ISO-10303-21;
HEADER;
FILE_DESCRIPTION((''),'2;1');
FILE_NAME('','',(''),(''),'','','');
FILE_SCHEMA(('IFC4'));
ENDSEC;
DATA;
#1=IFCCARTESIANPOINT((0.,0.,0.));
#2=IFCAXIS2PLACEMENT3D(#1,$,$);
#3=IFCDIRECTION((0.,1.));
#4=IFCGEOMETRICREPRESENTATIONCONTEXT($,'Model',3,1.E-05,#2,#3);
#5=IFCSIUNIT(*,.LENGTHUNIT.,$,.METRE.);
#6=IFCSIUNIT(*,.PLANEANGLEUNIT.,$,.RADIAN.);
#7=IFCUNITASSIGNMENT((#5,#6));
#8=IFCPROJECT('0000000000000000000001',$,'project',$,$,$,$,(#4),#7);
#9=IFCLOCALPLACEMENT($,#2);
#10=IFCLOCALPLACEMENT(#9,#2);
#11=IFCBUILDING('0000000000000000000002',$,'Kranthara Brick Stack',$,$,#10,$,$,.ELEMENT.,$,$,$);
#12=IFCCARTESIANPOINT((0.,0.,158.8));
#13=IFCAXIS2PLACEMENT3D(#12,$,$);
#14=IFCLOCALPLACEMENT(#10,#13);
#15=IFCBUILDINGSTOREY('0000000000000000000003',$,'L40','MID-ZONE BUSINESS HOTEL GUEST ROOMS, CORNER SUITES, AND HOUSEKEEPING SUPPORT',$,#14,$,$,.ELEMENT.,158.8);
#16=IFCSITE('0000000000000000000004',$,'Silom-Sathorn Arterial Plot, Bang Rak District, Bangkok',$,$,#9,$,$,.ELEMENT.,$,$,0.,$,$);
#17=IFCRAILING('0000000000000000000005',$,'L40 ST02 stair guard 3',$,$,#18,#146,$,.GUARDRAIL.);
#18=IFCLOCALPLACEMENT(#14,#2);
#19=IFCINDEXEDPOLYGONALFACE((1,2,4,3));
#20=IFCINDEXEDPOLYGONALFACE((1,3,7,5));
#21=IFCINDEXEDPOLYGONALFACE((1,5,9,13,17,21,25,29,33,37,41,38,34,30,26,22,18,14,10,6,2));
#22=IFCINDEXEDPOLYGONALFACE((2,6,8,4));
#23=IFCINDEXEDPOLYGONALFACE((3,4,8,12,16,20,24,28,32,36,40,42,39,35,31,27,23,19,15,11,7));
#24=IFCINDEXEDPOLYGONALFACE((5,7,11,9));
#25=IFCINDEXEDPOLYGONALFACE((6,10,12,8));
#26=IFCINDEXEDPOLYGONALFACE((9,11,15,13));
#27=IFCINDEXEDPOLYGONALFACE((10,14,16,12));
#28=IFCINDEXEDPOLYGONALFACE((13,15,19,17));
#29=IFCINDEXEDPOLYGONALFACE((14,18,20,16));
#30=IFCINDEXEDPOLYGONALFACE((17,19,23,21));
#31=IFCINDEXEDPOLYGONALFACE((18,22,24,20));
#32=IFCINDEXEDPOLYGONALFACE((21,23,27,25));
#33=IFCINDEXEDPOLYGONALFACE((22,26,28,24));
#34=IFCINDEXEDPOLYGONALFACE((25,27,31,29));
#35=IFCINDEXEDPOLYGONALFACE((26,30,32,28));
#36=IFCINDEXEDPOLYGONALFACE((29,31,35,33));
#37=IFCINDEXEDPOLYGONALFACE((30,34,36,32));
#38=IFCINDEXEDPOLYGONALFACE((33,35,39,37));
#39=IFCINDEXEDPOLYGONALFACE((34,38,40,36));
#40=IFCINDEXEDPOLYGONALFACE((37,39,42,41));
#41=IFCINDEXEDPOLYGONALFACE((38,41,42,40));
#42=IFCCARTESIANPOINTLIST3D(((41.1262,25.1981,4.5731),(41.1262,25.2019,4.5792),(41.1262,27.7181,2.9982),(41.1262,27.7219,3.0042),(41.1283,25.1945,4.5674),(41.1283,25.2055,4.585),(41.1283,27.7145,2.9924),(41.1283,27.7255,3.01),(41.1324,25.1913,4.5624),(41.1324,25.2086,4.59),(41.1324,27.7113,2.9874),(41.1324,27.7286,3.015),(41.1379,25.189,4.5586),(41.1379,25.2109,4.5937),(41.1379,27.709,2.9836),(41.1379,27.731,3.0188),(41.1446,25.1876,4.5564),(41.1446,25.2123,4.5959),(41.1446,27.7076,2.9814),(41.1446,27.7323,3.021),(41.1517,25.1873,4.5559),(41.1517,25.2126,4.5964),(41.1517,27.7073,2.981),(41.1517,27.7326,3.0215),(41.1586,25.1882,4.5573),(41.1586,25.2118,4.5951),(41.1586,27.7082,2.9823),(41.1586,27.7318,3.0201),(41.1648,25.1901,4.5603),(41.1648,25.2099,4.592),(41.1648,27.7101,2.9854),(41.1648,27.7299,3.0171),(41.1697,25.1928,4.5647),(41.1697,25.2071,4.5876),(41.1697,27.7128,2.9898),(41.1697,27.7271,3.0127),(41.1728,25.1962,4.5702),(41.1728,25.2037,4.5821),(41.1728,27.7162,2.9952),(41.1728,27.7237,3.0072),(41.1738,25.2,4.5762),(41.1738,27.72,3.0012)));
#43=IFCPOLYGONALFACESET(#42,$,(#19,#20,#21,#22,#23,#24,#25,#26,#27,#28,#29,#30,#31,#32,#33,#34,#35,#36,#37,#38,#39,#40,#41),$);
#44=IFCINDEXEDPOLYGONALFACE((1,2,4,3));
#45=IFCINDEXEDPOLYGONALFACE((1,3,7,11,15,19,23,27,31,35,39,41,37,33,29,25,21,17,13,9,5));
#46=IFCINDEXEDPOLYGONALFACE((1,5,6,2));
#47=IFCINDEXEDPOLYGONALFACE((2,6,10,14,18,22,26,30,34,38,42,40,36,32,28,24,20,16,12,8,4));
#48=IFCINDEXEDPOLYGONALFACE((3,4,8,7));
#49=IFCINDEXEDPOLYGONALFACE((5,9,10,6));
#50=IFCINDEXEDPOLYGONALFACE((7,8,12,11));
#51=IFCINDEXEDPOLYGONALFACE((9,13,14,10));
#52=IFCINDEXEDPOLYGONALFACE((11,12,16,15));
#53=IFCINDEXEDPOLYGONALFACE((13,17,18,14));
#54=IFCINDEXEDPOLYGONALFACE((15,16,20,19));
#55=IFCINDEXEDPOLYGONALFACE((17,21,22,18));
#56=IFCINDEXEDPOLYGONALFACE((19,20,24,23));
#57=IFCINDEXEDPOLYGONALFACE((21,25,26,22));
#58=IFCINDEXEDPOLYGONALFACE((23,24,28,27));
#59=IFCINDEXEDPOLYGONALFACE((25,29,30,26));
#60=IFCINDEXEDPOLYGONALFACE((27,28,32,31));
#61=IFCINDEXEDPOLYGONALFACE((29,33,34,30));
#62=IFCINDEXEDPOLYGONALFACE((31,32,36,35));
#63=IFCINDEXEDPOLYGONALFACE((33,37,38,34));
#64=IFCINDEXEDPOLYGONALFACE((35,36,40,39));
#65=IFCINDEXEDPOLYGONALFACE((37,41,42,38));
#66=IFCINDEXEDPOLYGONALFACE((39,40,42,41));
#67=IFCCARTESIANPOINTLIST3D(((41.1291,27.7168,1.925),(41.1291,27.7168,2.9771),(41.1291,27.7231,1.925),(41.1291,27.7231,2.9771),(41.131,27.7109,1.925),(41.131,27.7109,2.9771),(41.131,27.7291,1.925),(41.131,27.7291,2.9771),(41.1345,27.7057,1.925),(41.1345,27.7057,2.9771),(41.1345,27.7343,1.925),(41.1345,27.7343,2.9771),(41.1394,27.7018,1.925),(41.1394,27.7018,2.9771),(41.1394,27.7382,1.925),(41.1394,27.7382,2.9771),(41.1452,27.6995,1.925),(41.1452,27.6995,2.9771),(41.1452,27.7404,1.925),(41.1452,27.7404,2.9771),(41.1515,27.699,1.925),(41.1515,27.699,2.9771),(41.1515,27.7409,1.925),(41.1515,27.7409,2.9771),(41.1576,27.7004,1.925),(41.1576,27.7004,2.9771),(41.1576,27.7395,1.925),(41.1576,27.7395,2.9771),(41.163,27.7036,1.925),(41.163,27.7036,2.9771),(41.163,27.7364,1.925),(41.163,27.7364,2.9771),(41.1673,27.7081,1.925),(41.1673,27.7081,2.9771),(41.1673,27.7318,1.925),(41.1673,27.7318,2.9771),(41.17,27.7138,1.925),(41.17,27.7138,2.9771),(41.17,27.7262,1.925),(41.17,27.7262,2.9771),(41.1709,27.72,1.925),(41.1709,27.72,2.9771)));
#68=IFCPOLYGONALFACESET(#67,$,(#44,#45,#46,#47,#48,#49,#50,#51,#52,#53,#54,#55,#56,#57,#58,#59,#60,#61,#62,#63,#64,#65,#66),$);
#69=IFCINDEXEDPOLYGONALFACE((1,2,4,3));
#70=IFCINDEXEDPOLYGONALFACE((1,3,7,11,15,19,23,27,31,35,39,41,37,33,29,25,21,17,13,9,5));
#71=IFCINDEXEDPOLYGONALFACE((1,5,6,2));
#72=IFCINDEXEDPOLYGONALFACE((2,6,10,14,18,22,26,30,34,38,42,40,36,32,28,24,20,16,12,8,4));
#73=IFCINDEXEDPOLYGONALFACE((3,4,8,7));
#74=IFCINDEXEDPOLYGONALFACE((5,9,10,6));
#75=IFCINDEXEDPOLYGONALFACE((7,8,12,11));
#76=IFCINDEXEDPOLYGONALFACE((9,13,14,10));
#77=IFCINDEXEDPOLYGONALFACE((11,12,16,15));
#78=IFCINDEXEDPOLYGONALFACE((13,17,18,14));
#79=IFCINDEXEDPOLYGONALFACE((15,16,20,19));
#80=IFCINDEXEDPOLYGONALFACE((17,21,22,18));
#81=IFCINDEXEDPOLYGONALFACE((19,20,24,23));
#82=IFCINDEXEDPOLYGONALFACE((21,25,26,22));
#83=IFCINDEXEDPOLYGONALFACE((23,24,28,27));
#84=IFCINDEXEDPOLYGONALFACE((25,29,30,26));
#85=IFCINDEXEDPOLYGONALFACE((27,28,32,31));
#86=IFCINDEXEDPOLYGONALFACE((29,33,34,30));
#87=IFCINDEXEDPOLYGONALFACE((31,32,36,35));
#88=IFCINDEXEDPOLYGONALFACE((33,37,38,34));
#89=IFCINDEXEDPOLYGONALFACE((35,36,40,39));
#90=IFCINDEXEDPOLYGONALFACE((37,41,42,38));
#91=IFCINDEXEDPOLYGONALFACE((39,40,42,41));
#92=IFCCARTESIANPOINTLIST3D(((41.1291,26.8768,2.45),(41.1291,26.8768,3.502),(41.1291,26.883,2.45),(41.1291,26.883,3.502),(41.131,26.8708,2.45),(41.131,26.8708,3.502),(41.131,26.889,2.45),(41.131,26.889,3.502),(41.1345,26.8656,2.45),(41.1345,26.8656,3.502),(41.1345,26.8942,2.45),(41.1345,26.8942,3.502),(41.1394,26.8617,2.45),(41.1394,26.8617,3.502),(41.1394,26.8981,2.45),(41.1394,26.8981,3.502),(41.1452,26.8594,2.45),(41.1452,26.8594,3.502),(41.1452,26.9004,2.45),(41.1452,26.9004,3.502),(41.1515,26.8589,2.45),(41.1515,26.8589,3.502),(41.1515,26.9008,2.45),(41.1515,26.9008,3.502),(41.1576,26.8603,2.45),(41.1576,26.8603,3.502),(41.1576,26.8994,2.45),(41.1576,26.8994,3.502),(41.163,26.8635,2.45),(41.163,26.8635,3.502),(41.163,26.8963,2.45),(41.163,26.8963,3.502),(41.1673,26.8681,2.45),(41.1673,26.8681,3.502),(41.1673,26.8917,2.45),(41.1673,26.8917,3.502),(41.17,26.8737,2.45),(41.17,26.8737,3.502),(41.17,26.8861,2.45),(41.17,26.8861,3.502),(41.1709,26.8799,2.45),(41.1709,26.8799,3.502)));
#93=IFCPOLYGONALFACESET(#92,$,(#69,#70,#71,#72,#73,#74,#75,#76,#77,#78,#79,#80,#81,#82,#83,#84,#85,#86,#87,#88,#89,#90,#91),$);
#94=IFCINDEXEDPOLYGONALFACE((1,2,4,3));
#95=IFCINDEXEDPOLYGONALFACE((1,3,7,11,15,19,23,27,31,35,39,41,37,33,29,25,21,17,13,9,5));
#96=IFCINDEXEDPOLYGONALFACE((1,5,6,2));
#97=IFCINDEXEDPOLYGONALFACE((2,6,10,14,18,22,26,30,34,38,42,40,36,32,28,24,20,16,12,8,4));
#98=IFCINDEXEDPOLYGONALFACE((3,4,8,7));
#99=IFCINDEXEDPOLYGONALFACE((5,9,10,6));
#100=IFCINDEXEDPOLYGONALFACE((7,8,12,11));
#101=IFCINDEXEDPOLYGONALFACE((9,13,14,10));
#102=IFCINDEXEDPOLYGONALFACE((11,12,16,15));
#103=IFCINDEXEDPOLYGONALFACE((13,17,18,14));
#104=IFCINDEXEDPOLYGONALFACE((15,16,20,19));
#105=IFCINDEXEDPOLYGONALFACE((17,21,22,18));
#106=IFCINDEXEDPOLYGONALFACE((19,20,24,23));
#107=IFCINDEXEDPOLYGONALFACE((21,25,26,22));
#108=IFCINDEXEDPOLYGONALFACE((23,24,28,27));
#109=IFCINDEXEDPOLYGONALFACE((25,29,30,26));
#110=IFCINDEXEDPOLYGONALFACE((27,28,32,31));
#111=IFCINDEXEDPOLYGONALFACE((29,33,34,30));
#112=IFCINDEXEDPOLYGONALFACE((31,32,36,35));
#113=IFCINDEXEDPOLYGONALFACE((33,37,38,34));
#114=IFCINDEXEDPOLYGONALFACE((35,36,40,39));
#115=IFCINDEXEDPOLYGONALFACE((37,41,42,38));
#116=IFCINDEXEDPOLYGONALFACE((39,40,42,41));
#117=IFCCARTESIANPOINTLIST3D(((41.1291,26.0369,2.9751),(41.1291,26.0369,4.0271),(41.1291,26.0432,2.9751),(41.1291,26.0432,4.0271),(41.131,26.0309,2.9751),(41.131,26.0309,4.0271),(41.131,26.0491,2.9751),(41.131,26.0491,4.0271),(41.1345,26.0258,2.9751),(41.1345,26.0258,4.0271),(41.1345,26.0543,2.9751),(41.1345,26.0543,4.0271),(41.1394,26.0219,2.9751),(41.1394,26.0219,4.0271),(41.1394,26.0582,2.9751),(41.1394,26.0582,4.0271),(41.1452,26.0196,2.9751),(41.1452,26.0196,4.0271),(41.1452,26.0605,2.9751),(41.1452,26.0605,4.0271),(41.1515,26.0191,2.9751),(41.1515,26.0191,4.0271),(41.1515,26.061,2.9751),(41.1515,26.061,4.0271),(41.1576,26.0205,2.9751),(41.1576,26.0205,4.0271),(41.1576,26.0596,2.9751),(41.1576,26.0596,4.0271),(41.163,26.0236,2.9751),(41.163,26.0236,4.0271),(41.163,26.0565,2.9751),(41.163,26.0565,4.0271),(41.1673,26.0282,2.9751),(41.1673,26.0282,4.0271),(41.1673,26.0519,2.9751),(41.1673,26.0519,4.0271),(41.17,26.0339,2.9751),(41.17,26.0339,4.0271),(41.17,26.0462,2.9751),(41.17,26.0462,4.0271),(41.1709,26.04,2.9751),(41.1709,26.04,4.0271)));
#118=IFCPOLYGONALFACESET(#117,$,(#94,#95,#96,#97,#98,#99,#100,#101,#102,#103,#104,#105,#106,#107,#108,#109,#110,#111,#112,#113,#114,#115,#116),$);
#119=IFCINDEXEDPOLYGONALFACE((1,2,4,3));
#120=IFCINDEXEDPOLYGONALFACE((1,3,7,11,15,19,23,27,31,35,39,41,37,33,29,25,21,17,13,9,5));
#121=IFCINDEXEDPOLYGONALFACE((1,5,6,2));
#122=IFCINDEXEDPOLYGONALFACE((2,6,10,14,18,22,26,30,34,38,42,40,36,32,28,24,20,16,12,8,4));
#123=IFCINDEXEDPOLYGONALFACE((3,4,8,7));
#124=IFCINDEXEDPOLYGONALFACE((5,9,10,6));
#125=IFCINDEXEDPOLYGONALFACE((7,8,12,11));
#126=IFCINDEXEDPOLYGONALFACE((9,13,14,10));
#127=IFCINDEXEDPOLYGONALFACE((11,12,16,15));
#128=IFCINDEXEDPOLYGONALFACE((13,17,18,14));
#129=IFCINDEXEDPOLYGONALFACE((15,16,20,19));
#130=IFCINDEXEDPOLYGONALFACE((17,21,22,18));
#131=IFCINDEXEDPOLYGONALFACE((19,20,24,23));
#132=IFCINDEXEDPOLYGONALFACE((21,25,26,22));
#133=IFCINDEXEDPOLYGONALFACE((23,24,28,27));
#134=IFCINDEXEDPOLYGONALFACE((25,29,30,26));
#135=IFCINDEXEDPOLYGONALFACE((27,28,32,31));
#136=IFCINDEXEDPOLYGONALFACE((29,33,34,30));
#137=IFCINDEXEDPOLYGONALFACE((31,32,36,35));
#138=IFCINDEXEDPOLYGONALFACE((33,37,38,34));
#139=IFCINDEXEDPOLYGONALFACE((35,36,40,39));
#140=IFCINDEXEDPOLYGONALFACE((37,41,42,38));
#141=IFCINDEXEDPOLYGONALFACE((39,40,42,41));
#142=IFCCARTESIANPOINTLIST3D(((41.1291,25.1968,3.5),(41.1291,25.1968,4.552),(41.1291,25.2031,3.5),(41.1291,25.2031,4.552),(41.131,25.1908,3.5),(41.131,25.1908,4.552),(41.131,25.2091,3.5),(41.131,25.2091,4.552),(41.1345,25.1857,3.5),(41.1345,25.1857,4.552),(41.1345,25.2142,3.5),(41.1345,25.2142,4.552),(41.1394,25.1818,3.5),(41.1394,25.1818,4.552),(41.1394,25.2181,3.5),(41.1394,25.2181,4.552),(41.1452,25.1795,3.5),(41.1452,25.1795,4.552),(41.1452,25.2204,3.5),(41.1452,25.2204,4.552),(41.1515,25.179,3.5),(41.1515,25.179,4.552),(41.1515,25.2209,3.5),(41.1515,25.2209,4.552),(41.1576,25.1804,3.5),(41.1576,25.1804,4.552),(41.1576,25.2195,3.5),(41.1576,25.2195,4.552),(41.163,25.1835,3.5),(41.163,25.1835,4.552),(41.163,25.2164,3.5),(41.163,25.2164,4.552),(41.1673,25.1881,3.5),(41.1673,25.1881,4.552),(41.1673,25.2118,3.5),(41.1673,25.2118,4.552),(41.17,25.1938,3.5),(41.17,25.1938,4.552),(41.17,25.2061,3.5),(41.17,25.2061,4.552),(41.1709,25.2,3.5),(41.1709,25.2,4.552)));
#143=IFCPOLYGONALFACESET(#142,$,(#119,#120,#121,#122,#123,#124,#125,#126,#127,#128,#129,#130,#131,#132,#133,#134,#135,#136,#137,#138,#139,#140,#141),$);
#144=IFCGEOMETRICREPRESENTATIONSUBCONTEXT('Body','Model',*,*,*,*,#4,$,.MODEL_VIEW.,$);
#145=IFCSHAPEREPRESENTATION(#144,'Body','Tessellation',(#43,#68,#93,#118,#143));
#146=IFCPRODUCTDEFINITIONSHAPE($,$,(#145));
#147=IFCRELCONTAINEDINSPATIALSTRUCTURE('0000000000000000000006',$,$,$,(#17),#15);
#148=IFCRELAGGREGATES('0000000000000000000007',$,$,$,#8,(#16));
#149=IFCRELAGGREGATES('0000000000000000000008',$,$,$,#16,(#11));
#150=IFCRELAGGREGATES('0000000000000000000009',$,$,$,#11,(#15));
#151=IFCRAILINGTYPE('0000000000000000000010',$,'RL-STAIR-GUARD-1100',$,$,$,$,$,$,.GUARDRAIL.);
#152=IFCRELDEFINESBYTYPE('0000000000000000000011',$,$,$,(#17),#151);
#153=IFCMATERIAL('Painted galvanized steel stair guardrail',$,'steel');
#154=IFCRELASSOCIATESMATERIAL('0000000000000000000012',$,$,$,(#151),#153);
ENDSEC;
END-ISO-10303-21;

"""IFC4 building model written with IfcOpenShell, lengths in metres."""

from ifc_helpers import new_model, si_unit, direction, frame, origin, origin_2d, place, context, subcontext, project, spatial, circle, extrude, material, type_object, element, save


model = new_model("IFC4")

# Units and contexts
model_context = context("Model", 3, precision=1e-05, world=origin(), true_north=direction((0.0, 1.0)))
body_context = subcontext(model_context, "Body", "Model", "MODEL_VIEW")
ifc_project = project(units=[si_unit("LENGTHUNIT", "METRE"), si_unit("PLANEANGLEUNIT", "RADIAN")], contexts=[model_context])

# Site, building, storey
site_placement = place(None, origin())
site = spatial("IfcSite", under=ifc_project, at=site_placement, Name="Silom-Sathorn Arterial Plot, Bang Rak District, Bangkok", CompositionType="ELEMENT", RefElevation=0.0)
building_placement = place(site_placement, origin())
building = spatial("IfcBuilding", under=site, at=building_placement, Name="Kranthara Brick Stack", CompositionType="ELEMENT")
storey_placement = place(building_placement, frame((0.0, 0.0, 158.8)))
storey = spatial("IfcBuildingStorey", under=building, at=storey_placement, Name="L40", Description="MID-ZONE BUSINESS HOTEL GUEST ROOMS, CORNER SUITES, AND HOUSEKEEPING SUPPORT", CompositionType="ELEMENT", Elevation=158.8)

# Railing
ifc_material_1 = material(Name="Painted galvanized steel stair guardrail", Category="steel")
railing_type_1 = type_object("IfcRailingType", Name="RL-STAIR-GUARD-1100", PredefinedType="GUARDRAIL", material=ifc_material_1)
railing_1_placement = place(storey_placement, frame((41.1499, 27.72, 1.925)))
element("IfcRailing", 1, at=railing_1_placement, inside=storey, type_object=railing_type_1, Name="L40 ST02 stair guard 3", PredefinedType="GUARDRAIL", context=body_context, shape_type="SweptSolid", body=[
    extrude(circle(Radius=0.0239, at=origin_2d()), frame((0.0, 0.0, 1.0762), z_axis=(0.0, -0.848008, 0.529984), x_axis=(1.0, 0.0, 0.0)), (0.0, 0.0, 1.0), 2.9717),
    extrude(circle(Radius=0.021, at=origin_2d()), origin(), (0.0, 0.0, 1.0), 1.052),
    extrude(circle(Radius=0.021, at=origin_2d()), frame((0.0, -0.8401, 0.5249)), (0.0, 0.0, 1.0), 1.052),
    extrude(circle(Radius=0.021, at=origin_2d()), frame((0.0, -1.6799, 1.05)), (0.0, 0.0, 1.0), 1.052),
    extrude(circle(Radius=0.021, at=origin_2d()), frame((0.0, -2.52, 1.575)), (0.0, 0.0, 1.0), 1.052),
])

save(model, "model.ifc")
